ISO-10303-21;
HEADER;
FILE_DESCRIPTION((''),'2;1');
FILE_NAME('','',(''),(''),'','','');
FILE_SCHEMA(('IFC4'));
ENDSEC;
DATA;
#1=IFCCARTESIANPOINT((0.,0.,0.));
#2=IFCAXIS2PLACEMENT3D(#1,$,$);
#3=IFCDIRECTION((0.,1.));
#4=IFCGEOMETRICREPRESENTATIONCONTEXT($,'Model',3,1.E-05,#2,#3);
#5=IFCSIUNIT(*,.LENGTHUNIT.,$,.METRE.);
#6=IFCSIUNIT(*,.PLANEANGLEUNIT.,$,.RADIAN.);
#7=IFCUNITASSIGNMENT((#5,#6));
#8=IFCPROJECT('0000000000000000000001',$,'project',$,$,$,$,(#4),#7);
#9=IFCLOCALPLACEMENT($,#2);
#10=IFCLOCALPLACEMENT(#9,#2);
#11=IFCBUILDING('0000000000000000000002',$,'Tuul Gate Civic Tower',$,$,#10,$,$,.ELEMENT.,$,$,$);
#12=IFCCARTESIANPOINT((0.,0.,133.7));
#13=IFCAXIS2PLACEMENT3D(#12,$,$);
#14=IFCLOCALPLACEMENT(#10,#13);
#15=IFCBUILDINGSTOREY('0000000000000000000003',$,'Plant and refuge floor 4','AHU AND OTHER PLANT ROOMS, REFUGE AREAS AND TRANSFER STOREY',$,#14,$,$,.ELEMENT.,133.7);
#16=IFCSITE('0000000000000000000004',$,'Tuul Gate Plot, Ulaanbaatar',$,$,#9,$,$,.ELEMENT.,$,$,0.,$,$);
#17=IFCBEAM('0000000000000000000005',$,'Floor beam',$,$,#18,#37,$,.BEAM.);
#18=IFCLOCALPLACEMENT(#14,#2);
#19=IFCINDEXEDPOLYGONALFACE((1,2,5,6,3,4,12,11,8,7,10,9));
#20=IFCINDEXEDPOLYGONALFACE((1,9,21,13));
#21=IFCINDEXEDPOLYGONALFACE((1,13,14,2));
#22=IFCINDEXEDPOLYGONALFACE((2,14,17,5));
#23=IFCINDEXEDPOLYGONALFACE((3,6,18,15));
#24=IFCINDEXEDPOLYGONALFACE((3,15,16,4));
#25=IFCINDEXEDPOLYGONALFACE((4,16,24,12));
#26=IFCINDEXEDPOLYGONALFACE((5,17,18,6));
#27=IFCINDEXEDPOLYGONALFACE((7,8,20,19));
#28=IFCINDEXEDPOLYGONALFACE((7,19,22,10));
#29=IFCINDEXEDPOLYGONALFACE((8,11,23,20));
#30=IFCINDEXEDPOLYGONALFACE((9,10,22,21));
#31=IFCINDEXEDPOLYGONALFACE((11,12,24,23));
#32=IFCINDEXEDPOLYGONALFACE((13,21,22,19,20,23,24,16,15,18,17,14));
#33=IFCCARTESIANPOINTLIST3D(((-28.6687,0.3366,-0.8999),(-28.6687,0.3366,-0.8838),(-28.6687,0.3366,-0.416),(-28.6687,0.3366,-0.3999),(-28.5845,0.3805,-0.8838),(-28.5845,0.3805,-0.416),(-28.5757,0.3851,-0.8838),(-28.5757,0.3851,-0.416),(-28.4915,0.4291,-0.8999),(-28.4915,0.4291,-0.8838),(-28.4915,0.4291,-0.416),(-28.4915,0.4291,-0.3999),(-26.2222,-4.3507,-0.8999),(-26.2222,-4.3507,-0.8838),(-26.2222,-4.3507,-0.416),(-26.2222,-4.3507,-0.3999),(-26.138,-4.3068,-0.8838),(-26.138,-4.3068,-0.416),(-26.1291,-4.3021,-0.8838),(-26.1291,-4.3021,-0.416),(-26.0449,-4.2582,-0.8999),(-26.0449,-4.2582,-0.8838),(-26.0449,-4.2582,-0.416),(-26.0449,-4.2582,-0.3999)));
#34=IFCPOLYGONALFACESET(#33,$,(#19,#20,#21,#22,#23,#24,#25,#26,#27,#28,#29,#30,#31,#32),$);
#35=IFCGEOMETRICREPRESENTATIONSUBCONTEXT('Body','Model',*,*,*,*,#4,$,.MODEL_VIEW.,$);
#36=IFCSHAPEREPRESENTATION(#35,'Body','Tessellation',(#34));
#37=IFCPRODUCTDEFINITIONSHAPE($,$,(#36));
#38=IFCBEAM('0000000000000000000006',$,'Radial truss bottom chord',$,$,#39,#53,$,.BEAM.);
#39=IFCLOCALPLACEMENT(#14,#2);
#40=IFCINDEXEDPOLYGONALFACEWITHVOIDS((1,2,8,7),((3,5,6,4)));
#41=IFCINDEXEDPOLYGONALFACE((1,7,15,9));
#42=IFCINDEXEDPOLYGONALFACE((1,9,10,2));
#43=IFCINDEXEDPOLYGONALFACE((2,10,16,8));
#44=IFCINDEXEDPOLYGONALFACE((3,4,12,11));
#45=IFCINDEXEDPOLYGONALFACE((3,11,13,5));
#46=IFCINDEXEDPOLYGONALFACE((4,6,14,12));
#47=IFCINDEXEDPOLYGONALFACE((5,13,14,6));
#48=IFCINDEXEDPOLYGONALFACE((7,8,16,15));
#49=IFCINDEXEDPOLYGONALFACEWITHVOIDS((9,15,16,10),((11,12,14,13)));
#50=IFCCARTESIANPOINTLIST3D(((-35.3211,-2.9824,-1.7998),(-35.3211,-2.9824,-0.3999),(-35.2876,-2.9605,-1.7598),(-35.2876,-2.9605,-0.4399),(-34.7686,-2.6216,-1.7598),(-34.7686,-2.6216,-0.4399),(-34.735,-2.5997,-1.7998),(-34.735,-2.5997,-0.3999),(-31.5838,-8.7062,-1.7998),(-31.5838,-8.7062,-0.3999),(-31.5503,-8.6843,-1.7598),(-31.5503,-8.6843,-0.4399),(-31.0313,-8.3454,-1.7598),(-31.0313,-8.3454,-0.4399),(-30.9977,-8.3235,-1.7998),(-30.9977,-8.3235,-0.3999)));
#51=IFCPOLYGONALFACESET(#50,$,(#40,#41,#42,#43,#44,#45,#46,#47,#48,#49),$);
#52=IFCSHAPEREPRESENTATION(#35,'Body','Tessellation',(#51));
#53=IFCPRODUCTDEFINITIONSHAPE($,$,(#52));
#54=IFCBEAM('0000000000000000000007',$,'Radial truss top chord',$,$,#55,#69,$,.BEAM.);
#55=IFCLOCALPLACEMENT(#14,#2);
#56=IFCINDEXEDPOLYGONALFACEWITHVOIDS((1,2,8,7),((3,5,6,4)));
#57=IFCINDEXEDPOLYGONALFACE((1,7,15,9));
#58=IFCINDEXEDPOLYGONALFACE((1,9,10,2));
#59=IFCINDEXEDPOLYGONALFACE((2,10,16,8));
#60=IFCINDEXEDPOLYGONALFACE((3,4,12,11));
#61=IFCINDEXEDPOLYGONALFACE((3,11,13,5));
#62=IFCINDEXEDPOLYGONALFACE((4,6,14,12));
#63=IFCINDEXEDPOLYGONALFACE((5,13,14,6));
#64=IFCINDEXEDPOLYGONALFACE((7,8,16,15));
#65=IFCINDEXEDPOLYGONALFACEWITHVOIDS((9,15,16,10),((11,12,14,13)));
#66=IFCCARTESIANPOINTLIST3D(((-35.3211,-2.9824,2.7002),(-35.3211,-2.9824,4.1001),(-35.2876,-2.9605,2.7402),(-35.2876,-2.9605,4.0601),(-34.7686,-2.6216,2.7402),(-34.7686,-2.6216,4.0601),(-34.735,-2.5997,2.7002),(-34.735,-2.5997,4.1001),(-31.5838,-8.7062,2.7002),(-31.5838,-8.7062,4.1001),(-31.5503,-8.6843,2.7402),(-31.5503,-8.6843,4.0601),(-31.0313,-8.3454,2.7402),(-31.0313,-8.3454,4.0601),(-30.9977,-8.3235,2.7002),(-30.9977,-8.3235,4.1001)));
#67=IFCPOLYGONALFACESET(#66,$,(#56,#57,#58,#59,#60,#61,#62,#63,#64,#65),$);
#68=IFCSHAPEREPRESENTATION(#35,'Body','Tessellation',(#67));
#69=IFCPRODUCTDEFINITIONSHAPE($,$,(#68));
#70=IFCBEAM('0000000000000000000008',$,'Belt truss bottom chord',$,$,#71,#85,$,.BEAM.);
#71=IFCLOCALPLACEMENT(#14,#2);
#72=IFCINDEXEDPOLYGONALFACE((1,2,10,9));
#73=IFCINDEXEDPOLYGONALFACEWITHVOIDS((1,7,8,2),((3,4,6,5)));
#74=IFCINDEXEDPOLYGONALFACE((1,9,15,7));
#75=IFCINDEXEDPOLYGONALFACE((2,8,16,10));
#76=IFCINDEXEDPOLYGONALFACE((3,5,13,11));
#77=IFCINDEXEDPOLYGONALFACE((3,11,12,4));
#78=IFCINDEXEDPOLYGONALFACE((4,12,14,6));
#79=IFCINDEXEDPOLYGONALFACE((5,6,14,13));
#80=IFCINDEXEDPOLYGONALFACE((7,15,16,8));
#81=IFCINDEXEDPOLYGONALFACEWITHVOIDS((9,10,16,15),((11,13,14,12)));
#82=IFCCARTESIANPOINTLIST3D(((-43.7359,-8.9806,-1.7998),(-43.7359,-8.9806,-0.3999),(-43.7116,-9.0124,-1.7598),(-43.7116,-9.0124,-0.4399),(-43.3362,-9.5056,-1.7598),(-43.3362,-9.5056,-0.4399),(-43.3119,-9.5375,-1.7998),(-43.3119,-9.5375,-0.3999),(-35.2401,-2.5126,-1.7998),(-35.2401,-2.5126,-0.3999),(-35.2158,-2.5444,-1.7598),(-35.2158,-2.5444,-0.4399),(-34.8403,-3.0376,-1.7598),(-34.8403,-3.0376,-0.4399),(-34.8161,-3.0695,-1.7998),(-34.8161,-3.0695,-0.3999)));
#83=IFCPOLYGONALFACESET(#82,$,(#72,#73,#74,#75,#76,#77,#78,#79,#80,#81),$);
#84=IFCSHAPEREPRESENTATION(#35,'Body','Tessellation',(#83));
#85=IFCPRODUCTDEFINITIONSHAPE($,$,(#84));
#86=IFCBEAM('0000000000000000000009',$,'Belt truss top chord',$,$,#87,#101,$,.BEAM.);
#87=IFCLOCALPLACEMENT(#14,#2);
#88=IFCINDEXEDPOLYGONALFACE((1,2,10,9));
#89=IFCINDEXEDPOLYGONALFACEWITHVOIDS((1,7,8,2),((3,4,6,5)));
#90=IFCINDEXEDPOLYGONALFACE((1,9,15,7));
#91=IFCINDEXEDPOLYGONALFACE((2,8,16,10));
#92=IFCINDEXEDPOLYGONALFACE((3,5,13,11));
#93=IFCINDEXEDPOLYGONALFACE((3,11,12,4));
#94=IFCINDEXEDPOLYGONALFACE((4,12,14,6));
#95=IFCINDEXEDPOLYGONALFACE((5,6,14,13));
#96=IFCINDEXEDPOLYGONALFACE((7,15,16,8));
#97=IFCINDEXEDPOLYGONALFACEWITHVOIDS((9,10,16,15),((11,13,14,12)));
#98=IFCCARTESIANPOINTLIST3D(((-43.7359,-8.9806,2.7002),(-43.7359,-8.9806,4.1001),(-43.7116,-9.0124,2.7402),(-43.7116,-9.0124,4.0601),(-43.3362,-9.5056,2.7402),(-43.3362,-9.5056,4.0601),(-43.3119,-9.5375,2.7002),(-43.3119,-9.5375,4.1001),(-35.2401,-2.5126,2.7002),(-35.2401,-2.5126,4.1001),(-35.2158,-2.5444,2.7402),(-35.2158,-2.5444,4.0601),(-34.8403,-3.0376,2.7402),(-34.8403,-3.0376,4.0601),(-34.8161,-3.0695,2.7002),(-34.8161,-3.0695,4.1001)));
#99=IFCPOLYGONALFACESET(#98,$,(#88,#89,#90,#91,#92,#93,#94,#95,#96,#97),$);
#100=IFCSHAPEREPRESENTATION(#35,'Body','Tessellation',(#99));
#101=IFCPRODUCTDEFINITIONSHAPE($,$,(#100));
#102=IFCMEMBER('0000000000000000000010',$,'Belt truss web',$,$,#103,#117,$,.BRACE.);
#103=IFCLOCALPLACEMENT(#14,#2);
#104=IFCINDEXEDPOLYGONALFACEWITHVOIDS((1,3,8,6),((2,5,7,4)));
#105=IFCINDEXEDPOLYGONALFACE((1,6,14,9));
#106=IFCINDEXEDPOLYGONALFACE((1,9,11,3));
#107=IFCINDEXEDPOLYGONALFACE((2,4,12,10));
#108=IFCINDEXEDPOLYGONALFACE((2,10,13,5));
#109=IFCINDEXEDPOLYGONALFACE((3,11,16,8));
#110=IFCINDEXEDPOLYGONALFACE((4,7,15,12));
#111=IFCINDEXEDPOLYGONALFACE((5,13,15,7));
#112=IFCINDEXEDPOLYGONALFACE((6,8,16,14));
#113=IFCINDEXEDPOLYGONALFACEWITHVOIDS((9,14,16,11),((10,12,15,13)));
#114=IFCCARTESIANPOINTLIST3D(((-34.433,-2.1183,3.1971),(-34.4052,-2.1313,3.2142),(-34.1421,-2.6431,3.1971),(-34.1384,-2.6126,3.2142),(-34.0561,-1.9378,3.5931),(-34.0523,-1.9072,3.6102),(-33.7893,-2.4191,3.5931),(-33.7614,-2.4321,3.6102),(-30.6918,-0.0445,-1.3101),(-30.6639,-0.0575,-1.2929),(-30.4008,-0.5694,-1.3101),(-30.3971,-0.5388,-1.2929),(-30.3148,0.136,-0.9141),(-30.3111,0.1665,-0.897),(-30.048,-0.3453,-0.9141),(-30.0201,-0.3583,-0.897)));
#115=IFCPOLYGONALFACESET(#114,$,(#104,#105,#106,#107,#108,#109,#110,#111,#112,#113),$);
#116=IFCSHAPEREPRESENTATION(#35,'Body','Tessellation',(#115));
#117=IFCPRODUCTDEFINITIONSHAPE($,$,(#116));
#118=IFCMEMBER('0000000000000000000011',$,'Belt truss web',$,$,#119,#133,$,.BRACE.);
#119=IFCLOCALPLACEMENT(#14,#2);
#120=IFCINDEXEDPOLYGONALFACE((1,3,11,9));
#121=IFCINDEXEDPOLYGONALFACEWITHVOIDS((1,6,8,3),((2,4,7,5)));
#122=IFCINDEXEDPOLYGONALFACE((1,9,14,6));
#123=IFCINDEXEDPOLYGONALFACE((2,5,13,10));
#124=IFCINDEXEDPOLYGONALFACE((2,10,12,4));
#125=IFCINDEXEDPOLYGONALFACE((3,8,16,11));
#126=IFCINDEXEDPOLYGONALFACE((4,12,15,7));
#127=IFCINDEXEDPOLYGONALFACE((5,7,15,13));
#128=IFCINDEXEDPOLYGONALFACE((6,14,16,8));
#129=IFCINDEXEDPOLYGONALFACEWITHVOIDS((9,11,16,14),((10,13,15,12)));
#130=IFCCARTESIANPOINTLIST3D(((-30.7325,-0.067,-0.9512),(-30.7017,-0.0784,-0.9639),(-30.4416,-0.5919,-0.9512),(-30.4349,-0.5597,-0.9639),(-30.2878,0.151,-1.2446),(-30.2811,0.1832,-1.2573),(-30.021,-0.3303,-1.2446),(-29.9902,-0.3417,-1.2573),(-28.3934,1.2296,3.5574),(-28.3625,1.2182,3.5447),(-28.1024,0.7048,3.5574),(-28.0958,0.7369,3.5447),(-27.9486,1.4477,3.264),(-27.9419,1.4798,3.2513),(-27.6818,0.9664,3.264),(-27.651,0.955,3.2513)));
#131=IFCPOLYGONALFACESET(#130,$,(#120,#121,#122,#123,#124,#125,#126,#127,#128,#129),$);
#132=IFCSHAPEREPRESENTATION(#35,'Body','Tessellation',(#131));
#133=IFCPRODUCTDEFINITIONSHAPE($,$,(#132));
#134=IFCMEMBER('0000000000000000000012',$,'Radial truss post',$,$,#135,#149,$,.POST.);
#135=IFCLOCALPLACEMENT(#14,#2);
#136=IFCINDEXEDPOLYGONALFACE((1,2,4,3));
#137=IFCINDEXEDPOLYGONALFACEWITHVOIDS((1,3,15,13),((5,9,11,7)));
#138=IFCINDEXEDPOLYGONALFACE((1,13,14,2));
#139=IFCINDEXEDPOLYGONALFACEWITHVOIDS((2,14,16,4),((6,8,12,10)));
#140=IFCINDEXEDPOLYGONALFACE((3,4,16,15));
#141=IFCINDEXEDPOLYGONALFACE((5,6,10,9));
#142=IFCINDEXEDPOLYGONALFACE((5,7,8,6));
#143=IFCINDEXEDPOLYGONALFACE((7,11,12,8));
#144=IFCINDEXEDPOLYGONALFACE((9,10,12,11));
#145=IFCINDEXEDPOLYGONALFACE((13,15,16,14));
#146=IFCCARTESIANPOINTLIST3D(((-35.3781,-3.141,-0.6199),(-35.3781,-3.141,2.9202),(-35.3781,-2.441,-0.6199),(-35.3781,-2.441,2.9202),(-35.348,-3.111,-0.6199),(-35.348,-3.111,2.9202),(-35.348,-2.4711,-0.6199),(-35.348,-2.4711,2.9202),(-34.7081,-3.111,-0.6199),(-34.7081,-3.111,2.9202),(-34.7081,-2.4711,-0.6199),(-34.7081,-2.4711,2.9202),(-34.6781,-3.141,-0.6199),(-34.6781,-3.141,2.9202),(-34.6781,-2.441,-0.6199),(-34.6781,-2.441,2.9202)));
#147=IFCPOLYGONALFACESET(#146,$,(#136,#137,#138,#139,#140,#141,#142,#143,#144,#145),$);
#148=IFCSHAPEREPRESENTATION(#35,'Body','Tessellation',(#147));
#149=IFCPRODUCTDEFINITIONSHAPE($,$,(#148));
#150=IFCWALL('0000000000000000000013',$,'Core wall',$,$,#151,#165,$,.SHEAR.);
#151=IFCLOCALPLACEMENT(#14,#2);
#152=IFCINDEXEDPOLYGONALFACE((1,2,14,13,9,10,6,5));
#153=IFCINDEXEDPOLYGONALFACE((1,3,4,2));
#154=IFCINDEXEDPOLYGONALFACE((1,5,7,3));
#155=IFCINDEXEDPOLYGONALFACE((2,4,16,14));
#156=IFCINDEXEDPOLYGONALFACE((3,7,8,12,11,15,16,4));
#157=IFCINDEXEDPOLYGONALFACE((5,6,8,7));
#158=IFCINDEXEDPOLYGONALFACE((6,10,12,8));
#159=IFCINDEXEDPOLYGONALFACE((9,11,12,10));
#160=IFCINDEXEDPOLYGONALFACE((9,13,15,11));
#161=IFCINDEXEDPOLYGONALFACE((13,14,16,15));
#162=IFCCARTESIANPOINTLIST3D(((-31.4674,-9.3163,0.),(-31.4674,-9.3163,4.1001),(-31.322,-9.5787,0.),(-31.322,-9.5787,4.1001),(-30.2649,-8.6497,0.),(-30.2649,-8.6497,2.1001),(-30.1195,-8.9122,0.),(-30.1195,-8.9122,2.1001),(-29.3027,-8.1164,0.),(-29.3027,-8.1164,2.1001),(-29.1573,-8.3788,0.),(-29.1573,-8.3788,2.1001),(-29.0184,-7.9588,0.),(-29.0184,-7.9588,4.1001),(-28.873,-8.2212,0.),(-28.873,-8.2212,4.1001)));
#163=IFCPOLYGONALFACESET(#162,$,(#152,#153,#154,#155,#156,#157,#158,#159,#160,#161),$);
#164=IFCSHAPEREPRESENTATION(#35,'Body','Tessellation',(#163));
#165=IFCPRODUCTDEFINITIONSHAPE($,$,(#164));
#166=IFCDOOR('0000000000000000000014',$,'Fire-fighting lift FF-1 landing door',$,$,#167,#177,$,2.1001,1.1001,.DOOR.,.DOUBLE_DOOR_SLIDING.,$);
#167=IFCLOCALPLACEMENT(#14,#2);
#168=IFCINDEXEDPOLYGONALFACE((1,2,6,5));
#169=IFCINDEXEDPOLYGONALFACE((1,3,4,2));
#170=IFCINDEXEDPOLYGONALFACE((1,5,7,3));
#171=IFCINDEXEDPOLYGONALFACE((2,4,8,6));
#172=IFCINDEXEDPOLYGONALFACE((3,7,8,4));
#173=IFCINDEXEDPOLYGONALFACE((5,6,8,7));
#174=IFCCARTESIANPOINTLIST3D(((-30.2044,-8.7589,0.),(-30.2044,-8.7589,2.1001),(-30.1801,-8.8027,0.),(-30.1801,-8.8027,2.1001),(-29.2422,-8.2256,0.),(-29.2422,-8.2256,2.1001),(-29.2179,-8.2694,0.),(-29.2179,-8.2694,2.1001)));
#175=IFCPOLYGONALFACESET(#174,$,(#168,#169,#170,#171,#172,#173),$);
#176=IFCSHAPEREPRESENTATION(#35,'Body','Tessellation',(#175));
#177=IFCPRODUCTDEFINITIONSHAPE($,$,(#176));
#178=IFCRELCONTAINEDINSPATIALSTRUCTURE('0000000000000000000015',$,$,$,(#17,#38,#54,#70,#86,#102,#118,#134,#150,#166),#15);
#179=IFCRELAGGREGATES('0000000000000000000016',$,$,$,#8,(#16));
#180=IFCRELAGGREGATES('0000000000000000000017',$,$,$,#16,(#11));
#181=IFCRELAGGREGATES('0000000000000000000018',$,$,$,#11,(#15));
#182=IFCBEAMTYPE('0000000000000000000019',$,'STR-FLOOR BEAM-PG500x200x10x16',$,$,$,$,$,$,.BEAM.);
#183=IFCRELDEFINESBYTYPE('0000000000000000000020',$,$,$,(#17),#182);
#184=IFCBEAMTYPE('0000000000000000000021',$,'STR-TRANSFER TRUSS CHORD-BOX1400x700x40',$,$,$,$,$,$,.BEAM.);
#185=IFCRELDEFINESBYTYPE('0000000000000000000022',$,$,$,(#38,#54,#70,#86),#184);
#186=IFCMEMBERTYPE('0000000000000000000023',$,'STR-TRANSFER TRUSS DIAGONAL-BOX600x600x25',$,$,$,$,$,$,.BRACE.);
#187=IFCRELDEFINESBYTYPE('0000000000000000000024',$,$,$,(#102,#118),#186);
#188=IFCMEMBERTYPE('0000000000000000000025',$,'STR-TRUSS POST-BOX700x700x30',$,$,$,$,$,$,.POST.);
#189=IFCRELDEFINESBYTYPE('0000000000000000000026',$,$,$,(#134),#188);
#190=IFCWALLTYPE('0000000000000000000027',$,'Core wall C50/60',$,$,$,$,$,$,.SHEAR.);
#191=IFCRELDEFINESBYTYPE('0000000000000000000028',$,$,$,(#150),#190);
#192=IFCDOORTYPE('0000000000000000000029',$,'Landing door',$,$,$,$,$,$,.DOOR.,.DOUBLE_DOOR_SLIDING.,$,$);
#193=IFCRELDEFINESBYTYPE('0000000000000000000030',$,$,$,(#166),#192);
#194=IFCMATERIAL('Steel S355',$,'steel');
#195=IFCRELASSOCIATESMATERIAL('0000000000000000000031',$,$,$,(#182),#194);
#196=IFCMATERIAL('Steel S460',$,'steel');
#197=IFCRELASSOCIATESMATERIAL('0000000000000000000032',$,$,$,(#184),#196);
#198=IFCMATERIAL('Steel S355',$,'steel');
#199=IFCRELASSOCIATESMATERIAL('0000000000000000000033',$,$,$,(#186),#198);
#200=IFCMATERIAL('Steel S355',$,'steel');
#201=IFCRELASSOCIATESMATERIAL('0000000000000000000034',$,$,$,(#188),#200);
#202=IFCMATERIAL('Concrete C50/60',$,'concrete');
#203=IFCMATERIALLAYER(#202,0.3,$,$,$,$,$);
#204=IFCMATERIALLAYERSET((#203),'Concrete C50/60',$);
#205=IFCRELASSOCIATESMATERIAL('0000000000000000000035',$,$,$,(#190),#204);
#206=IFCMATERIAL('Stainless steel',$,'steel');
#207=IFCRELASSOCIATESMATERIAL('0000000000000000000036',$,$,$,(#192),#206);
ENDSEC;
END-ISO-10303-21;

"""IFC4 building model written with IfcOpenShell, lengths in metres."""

from ifc_helpers import new_model, si_unit, direction, frame, frame_2d, origin, origin_2d, place, context, subcontext, project, spatial, rectangle, hollow_rectangle, i_section, extrude, material, layer, layer_set, material_profile, profile_set, type_object, element, fill, save


model = new_model("IFC4")

# Units and contexts
model_context = context("Model", 3, precision=1e-05, world=origin(), true_north=direction((0.0, 1.0)))
body_context = subcontext(model_context, "Body", "Model", "MODEL_VIEW")
ifc_project = project(units=[si_unit("LENGTHUNIT", "METRE"), si_unit("PLANEANGLEUNIT", "RADIAN")], contexts=[model_context])

# Site, building, storey
site_placement = place(None, origin())
site = spatial("IfcSite", under=ifc_project, at=site_placement, Name="Tuul Gate Plot, Ulaanbaatar", CompositionType="ELEMENT", RefElevation=0.0)
building_placement = place(site_placement, origin())
building = spatial("IfcBuilding", under=site, at=building_placement, Name="Tuul Gate Civic Tower", CompositionType="ELEMENT")
storey_placement = place(building_placement, frame((0.0, 0.0, 133.7)))
storey = spatial("IfcBuildingStorey", under=building, at=storey_placement, Name="Plant and refuge floor 4", Description="AHU AND OTHER PLANT ROOMS, REFUGE AREAS AND TRANSFER STOREY", CompositionType="ELEMENT", Elevation=133.7)

# Beams
ifc_material_1 = material(Name="Steel S355", Category="steel")
ifc_material_profile_1 = material_profile(ifc_material_1, i_section(OverallWidth=0.2, OverallDepth=0.5, WebThickness=0.01, FlangeThickness=0.0161, at=origin_2d()), Name="PG500x200x10x16")
ifc_profile_set_1 = profile_set([ifc_material_profile_1], Name="Steel S355")
beam_type_1 = type_object("IfcBeamType", Name="STR-FLOOR BEAM-PG500x200x10x16", PredefinedType="BEAM", material=ifc_profile_set_1)
beam_placement = place(storey_placement, frame((-26.1335, -4.3044, -0.6499), z_axis=(-0.462716, 0.886507, 0.0), x_axis=(-0.886507, -0.462716, 0.0)))
element("IfcBeam", 1, at=beam_placement, inside=storey, type_object=beam_type_1, Name="Floor beam", PredefinedType="BEAM", context=body_context, shape_type="SweptSolid", body=[
    extrude(i_section(OverallWidth=0.2, OverallDepth=0.5, WebThickness=0.01, FlangeThickness=0.0161, at=origin_2d()), origin(), (0.0, 0.0, 1.0), 5.2874),
])
ifc_material_2 = material(Name="Steel S460", Category="steel")
ifc_material_profile_2 = material_profile(ifc_material_2, hollow_rectangle(XDim=0.7, YDim=1.3999, WallThickness=0.04, at=origin_2d()), Name="BOX1400x700x40")
ifc_profile_set_2 = profile_set([ifc_material_profile_2], Name="Steel S460")
beam_type_2 = type_object("IfcBeamType", Name="STR-TRANSFER TRUSS CHORD-BOX1400x700x40", PredefinedType="BEAM", material=ifc_profile_set_2)
for number, where, z_axis, x_axis, name in (
    (2, (-35.0281, -2.791, -1.0999), (0.546713, -0.83732, 0.0), (0.83732, 0.546713, 0.0), "Radial truss bottom chord"),
    (3, (-35.0281, -2.791, 3.4001), (0.546713, -0.83732, 0.0), (0.83732, 0.546713, 0.0), "Radial truss top chord"),
):
    element("IfcBeam", number, at=place(storey_placement, frame(where, z_axis=z_axis, x_axis=x_axis)), inside=storey, type_object=beam_type_2, Name=name, PredefinedType="BEAM", context=body_context, shape_type="SweptSolid", body=[
        extrude(hollow_rectangle(XDim=0.7, YDim=1.3999, WallThickness=0.04, at=origin_2d()), origin(), (0.0, 0.0, 1.0), 6.8359),
    ])
for number, where, z_axis, x_axis, name in (
    (4, (-35.0281, -2.791, -1.0999), (-0.795658, -0.605746, 0.0), (0.605746, -0.795658, 0.0), "Belt truss bottom chord"),
    (5, (-35.0281, -2.791, 3.4001), (-0.795658, -0.605746, 0.0), (0.605746, -0.795658, 0.0), "Belt truss top chord"),
):
    element("IfcBeam", number, at=place(storey_placement, frame(where, z_axis=z_axis, x_axis=x_axis)), inside=storey, type_object=beam_type_2, Name=name, PredefinedType="BEAM", context=body_context, shape_type="SweptSolid", body=[
        extrude(hollow_rectangle(XDim=0.7, YDim=1.3999, WallThickness=0.04, at=origin_2d()), origin(), (0.0, 0.0, 1.0), 10.6777),
    ])

# Members
ifc_material_3 = material(Name="Steel S355", Category="steel")
ifc_material_profile_3 = material_profile(ifc_material_3, hollow_rectangle(XDim=0.6001, YDim=0.6001, WallThickness=0.0249, at=origin_2d()), Name="BOX600x600x25")
ifc_profile_set_3 = profile_set([ifc_material_profile_3], Name="Steel S355")
member_type_1 = type_object("IfcMemberType", Name="STR-TRANSFER TRUSS DIAGONAL-BOX600x600x25", PredefinedType="BRACE", material=ifc_profile_set_3)
member_1_placement = place(storey_placement, frame((-30.356, -0.2014, -1.1035), z_axis=(-0.602085, -0.333732, 0.725339), x_axis=(0.484799, -0.874625, 0.0)))
element("IfcMember", 6, at=member_1_placement, inside=storey, type_object=member_type_1, Name="Belt truss web", PredefinedType="BRACE", context=body_context, shape_type="SweptSolid", body=[
    extrude(hollow_rectangle(XDim=0.6001, YDim=0.6001, WallThickness=0.0249, at=origin_2d()), origin(), (0.0, 0.0, 1.0), 6.2139),
])
member_2_placement = place(storey_placement, frame((-30.3613, -0.2043, -1.1042), z_axis=(0.446216, 0.247349, 0.860064), x_axis=(-0.484821, 0.874613, 0.0)))
element("IfcMember", 7, at=member_2_placement, inside=storey, type_object=member_type_1, Name="Belt truss web", PredefinedType="BRACE", context=body_context, shape_type="SweptSolid", body=[
    extrude(hollow_rectangle(XDim=0.6001, YDim=0.6001, WallThickness=0.0249, at=origin_2d()), origin(), (0.0, 0.0, 1.0), 5.2422),
])
ifc_material_4 = material(Name="Steel S355", Category="steel")
ifc_material_profile_4 = material_profile(ifc_material_4, hollow_rectangle(XDim=0.7, YDim=0.7, WallThickness=0.03, at=origin_2d()), Name="BOX700x700x30")
ifc_profile_set_4 = profile_set([ifc_material_profile_4], Name="Steel S355")
member_type_2 = type_object("IfcMemberType", Name="STR-TRUSS POST-BOX700x700x30", PredefinedType="POST", material=ifc_profile_set_4)
member_3_placement = place(storey_placement, frame((-35.0281, -2.791, -0.6199), z_axis=(0.0, 0.0, 1.0), x_axis=(1.0, 0.0, 0.0)))
element("IfcMember", 8, at=member_3_placement, inside=storey, type_object=member_type_2, Name="Radial truss post", PredefinedType="POST", context=body_context, shape_type="SweptSolid", body=[
    extrude(hollow_rectangle(XDim=0.7, YDim=0.7, WallThickness=0.03, at=origin_2d()), origin(), (0.0, 0.0, 1.0), 3.54),
])

# Wall, opening, door
ifc_material_5 = material(Name="Concrete C50/60", Category="concrete")
ifc_layer_1 = layer(ifc_material_5, 0.3)
ifc_layer_set_1 = layer_set([ifc_layer_1], Name="Concrete C50/60")
wall_type_1 = type_object("IfcWallType", Name="Core wall C50/60", PredefinedType="SHEAR", material=ifc_layer_set_1)
wall_1_placement = place(storey_placement, frame((-28.9458, -8.0901, 0.0), z_axis=(0.0, 0.0, 1.0), x_axis=(-0.87463, -0.484791, 0.0)))
wall_1 = element("IfcWall", 9, at=wall_1_placement, inside=storey, type_object=wall_type_1, Name="Core wall", PredefinedType="SHEAR", context=body_context, shape_type="SweptSolid", body=[
    extrude(rectangle(XDim=2.8, YDim=0.3, at=frame_2d((1.3999, 0.0))), origin(), (0.0, 0.0, 1.0), 4.1001),
])
opening_1_placement = place(wall_1_placement, frame((0.325, 0.0, 0.0)))
opening_1 = element("IfcOpeningElement", 10, at=opening_1_placement, cuts=wall_1, PredefinedType="OPENING", context=body_context, shape_type="SweptSolid", body=[
    extrude(rectangle(XDim=1.1001, YDim=2.1001, at=frame_2d((0.55, 1.05))), frame((0.0, 0.1602, 0.0), z_axis=(0.0, -1.0, 0.0), x_axis=(1.0, 0.0, 0.0)), (0.0, 0.0, 1.0), 0.3201),
])
ifc_material_6 = material(Name="Stainless steel", Category="steel")
door_type_1 = type_object("IfcDoorType", Name="Landing door", OperationType="DOUBLE_DOOR_SLIDING", PredefinedType="DOOR", material=ifc_material_6)
door_1_placement = place(opening_1_placement, origin())
door_1 = element("IfcDoor", 11, at=door_1_placement, inside=storey, type_object=door_type_1, Name="Fire-fighting lift FF-1 landing door", OperationType="DOUBLE_DOOR_SLIDING", OverallHeight=2.1001, OverallWidth=1.1001, PredefinedType="DOOR", context=body_context, shape_type="SweptSolid", body=[
    extrude(rectangle(XDim=1.1001, YDim=2.1001, at=frame_2d((0.55, 1.05))), frame((0.0, 0.0249, 0.0), z_axis=(0.0, -1.0, 0.0), x_axis=(1.0, 0.0, 0.0)), (0.0, 0.0, 1.0), 0.05),
])
fill(opening_1, door_1)

save(model, "model.ifc")
